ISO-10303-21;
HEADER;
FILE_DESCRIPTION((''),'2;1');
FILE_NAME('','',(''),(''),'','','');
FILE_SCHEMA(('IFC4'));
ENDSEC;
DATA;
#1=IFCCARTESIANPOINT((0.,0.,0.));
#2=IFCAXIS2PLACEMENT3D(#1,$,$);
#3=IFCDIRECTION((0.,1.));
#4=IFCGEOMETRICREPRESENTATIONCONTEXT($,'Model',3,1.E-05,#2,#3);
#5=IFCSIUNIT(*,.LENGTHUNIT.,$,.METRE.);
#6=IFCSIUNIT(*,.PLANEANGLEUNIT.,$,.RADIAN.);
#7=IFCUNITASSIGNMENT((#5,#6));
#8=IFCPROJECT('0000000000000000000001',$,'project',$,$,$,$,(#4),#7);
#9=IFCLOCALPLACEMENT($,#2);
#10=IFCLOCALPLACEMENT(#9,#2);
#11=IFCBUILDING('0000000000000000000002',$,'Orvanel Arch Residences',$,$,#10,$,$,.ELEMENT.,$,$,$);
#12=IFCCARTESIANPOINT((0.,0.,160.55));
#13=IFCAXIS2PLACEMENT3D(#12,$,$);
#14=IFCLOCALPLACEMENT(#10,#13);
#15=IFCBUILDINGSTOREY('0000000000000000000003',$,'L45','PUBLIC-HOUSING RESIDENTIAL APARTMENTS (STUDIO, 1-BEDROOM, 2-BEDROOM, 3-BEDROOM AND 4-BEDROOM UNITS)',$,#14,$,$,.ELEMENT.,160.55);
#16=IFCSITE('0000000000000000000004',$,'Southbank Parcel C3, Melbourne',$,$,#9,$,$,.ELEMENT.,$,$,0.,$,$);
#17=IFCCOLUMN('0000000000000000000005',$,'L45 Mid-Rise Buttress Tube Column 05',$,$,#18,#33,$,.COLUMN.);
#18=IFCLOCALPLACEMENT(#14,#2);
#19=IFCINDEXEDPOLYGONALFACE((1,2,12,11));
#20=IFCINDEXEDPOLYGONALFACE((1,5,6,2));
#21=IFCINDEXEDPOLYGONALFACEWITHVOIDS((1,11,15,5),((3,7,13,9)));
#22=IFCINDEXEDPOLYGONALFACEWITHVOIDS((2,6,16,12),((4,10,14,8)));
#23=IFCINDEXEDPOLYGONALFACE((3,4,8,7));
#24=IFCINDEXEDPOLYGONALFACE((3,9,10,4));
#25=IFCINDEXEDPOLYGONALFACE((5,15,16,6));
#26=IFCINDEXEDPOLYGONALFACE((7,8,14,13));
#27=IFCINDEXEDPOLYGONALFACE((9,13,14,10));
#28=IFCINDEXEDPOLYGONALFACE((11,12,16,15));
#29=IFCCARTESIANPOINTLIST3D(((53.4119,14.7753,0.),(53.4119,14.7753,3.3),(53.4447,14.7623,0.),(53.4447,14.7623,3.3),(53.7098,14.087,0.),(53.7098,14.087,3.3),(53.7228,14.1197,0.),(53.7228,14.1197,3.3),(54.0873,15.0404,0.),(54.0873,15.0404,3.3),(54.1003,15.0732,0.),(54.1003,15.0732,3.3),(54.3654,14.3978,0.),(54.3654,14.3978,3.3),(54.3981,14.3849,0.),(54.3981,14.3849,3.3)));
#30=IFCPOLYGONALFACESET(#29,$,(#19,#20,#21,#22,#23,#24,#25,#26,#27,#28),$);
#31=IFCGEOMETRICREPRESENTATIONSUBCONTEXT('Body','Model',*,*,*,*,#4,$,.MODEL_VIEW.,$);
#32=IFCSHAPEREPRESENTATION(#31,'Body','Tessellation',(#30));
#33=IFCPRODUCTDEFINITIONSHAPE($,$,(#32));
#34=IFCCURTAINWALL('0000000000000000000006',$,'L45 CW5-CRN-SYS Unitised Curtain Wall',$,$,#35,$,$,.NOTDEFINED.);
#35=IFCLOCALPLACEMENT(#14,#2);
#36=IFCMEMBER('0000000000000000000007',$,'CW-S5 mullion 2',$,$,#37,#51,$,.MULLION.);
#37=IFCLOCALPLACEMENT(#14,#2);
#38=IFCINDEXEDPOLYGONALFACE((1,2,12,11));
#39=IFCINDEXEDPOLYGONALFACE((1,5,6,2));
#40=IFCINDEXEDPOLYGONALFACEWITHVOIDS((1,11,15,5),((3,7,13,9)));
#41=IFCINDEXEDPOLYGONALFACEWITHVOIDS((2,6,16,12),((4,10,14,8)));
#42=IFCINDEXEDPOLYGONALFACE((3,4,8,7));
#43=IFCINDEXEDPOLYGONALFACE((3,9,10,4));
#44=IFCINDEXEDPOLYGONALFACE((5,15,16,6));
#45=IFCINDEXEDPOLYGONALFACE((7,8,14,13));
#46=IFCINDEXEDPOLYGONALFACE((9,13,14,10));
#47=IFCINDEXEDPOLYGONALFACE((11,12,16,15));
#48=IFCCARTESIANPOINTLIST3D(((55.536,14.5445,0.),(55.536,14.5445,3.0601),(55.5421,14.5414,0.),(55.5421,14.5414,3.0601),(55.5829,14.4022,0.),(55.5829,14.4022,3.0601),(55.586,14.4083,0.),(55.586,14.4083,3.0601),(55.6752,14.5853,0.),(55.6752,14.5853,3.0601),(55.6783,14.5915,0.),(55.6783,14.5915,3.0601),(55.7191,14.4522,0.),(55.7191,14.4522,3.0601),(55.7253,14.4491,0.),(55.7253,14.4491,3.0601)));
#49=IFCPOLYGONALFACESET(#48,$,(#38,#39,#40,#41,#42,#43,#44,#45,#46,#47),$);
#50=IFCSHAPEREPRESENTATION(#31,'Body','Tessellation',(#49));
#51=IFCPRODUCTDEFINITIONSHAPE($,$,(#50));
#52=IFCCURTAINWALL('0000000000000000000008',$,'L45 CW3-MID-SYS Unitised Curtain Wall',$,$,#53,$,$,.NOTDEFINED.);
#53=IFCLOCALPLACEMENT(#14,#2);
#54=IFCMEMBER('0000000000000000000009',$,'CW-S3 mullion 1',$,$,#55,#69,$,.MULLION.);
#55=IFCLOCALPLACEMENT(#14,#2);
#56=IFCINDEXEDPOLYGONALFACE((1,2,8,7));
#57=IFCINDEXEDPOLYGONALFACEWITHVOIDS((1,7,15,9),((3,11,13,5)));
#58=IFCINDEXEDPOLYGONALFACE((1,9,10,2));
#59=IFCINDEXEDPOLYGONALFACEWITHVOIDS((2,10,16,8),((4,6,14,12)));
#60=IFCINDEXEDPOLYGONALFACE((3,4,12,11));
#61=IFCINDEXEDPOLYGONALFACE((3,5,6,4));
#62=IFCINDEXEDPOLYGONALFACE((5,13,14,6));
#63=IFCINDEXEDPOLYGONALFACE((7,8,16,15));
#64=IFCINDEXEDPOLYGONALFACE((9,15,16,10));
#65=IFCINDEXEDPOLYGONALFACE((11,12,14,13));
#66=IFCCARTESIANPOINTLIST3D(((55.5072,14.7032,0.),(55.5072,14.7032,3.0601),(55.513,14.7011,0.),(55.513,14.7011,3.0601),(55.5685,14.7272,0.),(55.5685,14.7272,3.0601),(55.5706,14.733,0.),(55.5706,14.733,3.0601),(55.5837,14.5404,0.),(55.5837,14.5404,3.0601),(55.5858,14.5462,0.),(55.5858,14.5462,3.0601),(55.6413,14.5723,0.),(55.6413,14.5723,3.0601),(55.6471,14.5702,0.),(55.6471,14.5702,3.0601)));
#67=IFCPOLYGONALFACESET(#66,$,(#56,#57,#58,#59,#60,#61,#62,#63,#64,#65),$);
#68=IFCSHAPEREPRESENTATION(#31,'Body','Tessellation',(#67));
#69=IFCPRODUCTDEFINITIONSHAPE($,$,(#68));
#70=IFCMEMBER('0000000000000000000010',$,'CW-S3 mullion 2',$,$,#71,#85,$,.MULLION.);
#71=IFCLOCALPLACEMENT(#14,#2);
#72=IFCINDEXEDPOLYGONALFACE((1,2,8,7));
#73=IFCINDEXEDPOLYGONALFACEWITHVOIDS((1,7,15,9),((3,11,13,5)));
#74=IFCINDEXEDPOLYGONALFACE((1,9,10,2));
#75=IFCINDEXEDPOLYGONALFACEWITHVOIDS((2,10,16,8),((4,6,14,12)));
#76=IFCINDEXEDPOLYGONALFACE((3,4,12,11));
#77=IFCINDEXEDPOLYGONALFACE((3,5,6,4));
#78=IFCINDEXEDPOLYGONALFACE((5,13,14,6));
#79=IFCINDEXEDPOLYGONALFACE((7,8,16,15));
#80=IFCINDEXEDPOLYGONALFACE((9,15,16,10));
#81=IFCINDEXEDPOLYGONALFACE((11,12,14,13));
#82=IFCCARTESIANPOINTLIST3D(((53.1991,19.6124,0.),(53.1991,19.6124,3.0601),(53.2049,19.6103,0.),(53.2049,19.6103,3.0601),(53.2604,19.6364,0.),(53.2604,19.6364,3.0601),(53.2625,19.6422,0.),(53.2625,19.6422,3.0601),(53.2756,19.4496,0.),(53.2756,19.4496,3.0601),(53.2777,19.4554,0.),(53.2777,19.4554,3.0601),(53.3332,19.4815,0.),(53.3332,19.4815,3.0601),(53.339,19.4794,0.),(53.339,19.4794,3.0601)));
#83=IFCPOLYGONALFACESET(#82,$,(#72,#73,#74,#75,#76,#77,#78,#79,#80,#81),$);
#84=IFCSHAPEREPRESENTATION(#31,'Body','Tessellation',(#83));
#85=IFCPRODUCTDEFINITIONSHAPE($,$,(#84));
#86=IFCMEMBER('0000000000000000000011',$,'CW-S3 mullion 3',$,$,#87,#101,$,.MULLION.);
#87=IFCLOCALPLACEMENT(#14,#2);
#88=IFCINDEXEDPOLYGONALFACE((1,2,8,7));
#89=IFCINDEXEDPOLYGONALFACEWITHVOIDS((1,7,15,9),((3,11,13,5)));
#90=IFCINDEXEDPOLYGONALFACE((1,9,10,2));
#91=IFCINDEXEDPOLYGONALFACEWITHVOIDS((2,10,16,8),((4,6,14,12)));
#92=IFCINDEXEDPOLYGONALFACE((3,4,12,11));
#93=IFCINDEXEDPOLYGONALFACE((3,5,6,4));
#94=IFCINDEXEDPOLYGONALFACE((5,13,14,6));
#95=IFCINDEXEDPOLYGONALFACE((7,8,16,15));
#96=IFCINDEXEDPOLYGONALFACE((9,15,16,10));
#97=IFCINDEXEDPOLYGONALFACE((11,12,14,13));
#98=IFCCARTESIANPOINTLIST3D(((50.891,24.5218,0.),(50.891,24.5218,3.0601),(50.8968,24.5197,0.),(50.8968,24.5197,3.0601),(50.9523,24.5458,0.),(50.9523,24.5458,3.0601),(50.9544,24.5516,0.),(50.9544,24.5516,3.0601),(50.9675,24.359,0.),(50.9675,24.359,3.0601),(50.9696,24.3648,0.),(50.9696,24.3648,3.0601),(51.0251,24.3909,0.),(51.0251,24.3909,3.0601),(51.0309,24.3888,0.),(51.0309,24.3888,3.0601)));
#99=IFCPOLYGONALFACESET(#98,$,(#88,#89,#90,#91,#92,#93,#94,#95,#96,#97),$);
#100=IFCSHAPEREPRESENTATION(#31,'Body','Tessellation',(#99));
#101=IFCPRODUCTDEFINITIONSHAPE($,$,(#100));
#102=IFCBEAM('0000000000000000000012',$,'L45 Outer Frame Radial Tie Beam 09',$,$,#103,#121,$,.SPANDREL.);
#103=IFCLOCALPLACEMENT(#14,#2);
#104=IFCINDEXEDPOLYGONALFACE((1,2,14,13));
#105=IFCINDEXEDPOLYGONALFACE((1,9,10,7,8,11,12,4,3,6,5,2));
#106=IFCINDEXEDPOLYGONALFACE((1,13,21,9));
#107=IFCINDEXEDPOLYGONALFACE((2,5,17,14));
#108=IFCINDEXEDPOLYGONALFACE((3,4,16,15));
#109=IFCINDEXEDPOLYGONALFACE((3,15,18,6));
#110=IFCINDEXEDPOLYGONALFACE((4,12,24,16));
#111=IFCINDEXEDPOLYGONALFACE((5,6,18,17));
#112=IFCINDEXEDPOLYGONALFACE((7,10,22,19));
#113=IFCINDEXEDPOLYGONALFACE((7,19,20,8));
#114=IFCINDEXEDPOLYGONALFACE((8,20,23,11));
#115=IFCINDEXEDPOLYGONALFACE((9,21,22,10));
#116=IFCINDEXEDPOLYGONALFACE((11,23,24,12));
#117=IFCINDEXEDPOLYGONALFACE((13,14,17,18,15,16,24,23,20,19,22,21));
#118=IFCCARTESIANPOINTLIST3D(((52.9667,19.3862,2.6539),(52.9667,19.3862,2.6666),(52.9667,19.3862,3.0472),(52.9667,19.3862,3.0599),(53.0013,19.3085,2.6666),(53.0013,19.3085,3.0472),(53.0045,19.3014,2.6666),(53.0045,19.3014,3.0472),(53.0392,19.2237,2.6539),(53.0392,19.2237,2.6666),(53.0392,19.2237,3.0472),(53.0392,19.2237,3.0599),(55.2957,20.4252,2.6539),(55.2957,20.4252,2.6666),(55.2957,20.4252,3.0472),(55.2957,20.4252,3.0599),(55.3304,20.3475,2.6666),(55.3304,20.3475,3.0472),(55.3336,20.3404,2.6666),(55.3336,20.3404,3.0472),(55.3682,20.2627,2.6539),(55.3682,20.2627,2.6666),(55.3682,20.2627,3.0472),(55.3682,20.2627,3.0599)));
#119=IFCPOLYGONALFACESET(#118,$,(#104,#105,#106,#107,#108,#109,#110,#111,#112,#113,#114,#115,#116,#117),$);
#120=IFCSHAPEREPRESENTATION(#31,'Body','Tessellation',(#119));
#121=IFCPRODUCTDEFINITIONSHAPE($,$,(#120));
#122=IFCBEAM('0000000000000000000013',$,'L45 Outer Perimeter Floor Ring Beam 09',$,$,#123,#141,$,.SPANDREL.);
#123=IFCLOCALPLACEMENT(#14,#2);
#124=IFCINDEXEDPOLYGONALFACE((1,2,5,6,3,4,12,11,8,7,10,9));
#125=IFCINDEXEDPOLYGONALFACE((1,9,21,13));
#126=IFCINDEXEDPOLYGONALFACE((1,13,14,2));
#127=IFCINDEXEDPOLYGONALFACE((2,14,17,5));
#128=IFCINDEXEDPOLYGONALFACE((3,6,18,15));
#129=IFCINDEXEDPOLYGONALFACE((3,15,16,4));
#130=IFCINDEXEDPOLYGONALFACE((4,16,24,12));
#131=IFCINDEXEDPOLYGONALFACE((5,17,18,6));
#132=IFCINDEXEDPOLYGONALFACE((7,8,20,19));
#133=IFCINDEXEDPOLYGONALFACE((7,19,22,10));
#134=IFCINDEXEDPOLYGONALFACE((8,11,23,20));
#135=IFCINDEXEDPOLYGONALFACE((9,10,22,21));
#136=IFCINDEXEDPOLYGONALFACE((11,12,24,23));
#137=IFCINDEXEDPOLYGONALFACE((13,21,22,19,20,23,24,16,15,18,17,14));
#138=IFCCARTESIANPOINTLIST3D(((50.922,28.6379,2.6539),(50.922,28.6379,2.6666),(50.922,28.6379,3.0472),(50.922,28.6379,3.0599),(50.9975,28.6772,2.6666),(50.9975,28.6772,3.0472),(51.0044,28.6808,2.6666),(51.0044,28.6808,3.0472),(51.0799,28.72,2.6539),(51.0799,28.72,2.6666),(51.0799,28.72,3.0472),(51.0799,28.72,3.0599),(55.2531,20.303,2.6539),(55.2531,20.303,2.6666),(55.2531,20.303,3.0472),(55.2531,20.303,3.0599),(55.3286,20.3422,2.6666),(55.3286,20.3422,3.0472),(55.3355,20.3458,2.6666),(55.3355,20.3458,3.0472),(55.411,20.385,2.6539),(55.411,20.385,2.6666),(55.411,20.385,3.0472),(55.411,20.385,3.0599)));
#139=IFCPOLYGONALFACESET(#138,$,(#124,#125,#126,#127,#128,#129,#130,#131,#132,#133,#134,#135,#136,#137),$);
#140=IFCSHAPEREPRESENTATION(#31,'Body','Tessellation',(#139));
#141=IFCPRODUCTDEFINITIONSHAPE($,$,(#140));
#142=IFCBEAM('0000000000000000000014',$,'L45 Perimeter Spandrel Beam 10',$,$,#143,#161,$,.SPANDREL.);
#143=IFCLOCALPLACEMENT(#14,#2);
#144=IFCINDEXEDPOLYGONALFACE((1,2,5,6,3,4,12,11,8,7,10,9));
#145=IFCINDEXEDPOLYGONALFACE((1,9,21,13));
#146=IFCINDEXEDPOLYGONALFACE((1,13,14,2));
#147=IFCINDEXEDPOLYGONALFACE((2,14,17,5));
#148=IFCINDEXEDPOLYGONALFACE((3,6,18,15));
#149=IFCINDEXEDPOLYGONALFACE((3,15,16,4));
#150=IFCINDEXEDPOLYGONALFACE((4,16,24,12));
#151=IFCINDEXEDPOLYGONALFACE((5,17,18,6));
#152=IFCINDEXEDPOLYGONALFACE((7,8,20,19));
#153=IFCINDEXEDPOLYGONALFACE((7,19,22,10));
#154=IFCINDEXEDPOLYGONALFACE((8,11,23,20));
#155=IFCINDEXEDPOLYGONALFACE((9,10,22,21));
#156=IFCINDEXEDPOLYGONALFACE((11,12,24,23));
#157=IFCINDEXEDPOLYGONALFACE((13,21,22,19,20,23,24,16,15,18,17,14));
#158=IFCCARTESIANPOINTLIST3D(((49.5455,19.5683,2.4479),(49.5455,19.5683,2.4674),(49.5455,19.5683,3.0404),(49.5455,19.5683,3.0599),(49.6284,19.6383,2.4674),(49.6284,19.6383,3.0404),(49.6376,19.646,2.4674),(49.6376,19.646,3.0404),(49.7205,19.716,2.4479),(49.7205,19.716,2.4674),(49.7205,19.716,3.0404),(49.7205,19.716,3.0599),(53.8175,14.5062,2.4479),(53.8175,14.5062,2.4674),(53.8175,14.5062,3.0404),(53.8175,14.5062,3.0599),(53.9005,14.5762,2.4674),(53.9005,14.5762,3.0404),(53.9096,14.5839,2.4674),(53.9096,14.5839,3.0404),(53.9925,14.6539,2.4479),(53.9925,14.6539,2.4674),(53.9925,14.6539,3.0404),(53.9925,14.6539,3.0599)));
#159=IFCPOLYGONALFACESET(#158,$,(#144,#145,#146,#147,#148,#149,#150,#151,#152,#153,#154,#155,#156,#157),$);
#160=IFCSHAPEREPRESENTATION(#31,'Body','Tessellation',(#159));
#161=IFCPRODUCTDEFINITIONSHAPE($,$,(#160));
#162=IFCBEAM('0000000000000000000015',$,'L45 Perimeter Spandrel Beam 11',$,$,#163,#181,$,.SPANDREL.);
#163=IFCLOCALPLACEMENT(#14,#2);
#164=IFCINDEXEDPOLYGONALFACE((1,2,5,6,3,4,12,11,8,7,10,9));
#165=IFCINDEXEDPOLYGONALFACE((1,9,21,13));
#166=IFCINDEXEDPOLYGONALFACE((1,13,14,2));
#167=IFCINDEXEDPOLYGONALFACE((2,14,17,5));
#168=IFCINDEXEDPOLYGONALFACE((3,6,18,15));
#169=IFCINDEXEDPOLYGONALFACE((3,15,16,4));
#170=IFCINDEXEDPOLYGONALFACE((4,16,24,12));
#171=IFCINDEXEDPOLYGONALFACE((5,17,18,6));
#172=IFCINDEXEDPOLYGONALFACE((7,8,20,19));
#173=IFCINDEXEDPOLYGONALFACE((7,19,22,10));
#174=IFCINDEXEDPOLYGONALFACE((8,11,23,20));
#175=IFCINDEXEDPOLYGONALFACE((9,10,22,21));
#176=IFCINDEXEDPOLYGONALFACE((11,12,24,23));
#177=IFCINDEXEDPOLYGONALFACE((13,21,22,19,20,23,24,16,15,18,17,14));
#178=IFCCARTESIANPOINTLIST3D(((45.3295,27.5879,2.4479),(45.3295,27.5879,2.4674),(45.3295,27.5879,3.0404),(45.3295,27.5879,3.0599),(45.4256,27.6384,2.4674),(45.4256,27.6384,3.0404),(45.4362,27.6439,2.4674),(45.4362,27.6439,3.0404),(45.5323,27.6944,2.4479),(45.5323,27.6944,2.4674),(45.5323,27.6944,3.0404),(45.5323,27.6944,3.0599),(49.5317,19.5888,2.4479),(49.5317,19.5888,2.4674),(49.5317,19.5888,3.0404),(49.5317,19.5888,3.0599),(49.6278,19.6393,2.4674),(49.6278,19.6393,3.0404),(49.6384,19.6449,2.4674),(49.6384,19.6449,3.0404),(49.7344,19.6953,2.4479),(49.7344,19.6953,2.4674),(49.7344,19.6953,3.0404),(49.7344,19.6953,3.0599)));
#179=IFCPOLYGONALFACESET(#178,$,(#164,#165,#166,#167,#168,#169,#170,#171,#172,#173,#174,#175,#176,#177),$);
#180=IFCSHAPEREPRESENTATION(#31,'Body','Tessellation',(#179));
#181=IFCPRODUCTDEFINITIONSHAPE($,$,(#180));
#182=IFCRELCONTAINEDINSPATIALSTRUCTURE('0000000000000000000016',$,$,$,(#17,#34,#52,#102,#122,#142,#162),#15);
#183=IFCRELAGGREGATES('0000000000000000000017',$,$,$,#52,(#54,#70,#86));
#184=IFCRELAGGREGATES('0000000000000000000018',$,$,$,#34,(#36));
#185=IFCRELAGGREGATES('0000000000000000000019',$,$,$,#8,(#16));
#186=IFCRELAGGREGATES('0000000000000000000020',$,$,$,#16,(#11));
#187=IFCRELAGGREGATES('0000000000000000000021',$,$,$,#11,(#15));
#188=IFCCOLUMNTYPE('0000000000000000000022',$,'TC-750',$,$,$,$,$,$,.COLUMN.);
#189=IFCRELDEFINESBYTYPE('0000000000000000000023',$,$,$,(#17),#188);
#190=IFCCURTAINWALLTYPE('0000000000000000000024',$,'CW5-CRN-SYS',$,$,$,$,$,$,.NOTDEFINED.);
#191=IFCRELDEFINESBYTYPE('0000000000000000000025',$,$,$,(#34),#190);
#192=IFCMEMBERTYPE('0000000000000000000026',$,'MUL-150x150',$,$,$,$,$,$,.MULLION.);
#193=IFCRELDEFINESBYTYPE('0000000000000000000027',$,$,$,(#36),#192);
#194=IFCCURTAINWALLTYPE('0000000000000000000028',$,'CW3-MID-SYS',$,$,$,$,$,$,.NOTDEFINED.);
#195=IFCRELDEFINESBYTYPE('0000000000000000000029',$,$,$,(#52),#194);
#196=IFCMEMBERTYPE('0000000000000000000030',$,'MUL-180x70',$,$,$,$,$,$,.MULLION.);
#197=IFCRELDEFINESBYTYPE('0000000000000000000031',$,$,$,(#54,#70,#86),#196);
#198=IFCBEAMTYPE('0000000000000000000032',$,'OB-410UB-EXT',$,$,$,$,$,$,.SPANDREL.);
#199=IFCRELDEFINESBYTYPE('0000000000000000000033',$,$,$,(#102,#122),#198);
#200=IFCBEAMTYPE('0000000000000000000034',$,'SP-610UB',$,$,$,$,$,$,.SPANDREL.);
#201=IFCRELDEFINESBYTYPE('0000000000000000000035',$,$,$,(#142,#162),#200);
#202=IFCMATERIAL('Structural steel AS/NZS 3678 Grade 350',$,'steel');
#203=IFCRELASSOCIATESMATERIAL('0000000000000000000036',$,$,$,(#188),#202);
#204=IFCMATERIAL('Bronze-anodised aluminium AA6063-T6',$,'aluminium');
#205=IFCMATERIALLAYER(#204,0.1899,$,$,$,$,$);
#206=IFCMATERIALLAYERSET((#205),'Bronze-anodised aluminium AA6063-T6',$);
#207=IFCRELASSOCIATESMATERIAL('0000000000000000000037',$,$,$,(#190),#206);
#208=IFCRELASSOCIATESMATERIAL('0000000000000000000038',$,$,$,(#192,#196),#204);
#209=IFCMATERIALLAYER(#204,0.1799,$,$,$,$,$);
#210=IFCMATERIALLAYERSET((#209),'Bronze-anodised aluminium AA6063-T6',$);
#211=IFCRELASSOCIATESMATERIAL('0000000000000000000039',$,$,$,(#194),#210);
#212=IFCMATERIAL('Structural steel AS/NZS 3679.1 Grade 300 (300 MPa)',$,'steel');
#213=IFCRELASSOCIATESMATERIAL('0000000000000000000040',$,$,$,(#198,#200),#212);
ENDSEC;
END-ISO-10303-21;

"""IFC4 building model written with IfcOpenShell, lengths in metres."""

from ifc_helpers import new_model, si_unit, direction, frame, origin, origin_2d, place, context, subcontext, project, spatial, hollow_rectangle, i_section, extrude, material, layer, layer_set, material_profile, profile_set, type_object, element, aggregate, save


model = new_model("IFC4")

# Units and contexts
model_context = context("Model", 3, precision=1e-05, world=origin(), true_north=direction((0.0, 1.0)))
body_context = subcontext(model_context, "Body", "Model", "MODEL_VIEW")
ifc_project = project(units=[si_unit("LENGTHUNIT", "METRE"), si_unit("PLANEANGLEUNIT", "RADIAN")], contexts=[model_context])

# Site, building, storey
site_placement = place(None, origin())
site = spatial("IfcSite", under=ifc_project, at=site_placement, Name="Southbank Parcel C3, Melbourne", CompositionType="ELEMENT", RefElevation=0.0)
building_placement = place(site_placement, origin())
building = spatial("IfcBuilding", under=site, at=building_placement, Name="Orvanel Arch Residences", CompositionType="ELEMENT")
storey_placement = place(building_placement, frame((0.0, 0.0, 160.55)))
storey = spatial("IfcBuildingStorey", under=building, at=storey_placement, Name="L45", Description="PUBLIC-HOUSING RESIDENTIAL APARTMENTS (STUDIO, 1-BEDROOM, 2-BEDROOM, 3-BEDROOM AND 4-BEDROOM UNITS)", CompositionType="ELEMENT", Elevation=160.55)

# Column
ifc_material_1 = material(Name="Structural steel AS/NZS 3678 Grade 350", Category="steel")
ifc_material_profile_1 = material_profile(ifc_material_1, hollow_rectangle(XDim=0.75, YDim=0.75, WallThickness=0.0249, at=origin_2d()), Name="BOX750x750x25")
ifc_profile_set_1 = profile_set([ifc_material_profile_1], Name="Structural steel AS/NZS 3678 Grade 350")
column_type = type_object("IfcColumnType", Name="TC-750", PredefinedType="COLUMN", material=ifc_profile_set_1)
column_placement = place(storey_placement, frame((53.905, 14.5801, 0.0), z_axis=(0.0, 0.0, 1.0), x_axis=(-0.397148, 0.917755, 0.0)))
element("IfcColumn", 1, at=column_placement, inside=storey, type_object=column_type, Name="L45 Mid-Rise Buttress Tube Column 05", PredefinedType="COLUMN", context=body_context, shape_type="SweptSolid", body=[
    extrude(hollow_rectangle(XDim=0.75, YDim=0.75, WallThickness=0.0249, at=origin_2d()), origin(), (0.0, 0.0, 1.0), 3.3),
])

# Curtain wall, member
ifc_material_2 = material(Name="Bronze-anodised aluminium AA6063-T6", Category="aluminium")
ifc_layer_1 = layer(ifc_material_2, 0.1899)
ifc_layer_set_1 = layer_set([ifc_layer_1], Name="Bronze-anodised aluminium AA6063-T6")
curtain_wall_type_1 = type_object("IfcCurtainWallType", Name="CW5-CRN-SYS", PredefinedType="NOTDEFINED", material=ifc_layer_set_1)
curtain_wall_1_placement = place(storey_placement, origin())
curtain_wall_1 = element("IfcCurtainWall", 2, at=curtain_wall_1_placement, inside=storey, type_object=curtain_wall_type_1, Name="L45 CW5-CRN-SYS Unitised Curtain Wall", PredefinedType="NOTDEFINED")
ifc_material_profile_2 = material_profile(ifc_material_2, hollow_rectangle(XDim=0.1499, YDim=0.1499, WallThickness=0.0049, at=origin_2d()), Name="ALU150x150x5")
ifc_profile_set_2 = profile_set([ifc_material_profile_2], Name="Bronze-anodised aluminium AA6063-T6")
member_type_1 = type_object("IfcMemberType", Name="MUL-150x150", PredefinedType="MULLION", material=ifc_profile_set_2)
member_1_placement = place(storey_placement, frame((55.6306, 14.4968, 0.0), z_axis=(0.0, 0.0, 1.0), x_axis=(-0.949629, -0.313375, 0.0)))
member_1 = element("IfcMember", 3, at=member_1_placement, type_object=member_type_1, Name="CW-S5 mullion 2", PredefinedType="MULLION", context=body_context, shape_type="SweptSolid", body=[
    extrude(hollow_rectangle(XDim=0.1499, YDim=0.1499, WallThickness=0.0049, at=origin_2d()), origin(), (0.0, 0.0, 1.0), 3.0601),
])

# Curtain wall, members
ifc_layer_2 = layer(ifc_material_2, 0.1799)
ifc_layer_set_2 = layer_set([ifc_layer_2], Name="Bronze-anodised aluminium AA6063-T6")
curtain_wall_type_2 = type_object("IfcCurtainWallType", Name="CW3-MID-SYS", PredefinedType="NOTDEFINED", material=ifc_layer_set_2)
curtain_wall_2_placement = place(storey_placement, origin())
curtain_wall_2 = element("IfcCurtainWall", 4, at=curtain_wall_2_placement, inside=storey, type_object=curtain_wall_type_2, Name="L45 CW3-MID-SYS Unitised Curtain Wall", PredefinedType="NOTDEFINED")
ifc_material_profile_3 = material_profile(ifc_material_2, hollow_rectangle(XDim=0.0701, YDim=0.1799, WallThickness=0.0044, at=origin_2d()), Name="ALU180x70x4.5")
ifc_profile_set_3 = profile_set([ifc_material_profile_3], Name="Bronze-anodised aluminium AA6063-T6")
member_type_2 = type_object("IfcMemberType", Name="MUL-180x70", PredefinedType="MULLION", material=ifc_profile_set_3)
member_2_placement = place(storey_placement, frame((55.5771, 14.6367, 0.0), z_axis=(0.0, 0.0, 1.0), x_axis=(-0.904972, -0.425471, 0.0)))
member_2 = element("IfcMember", 5, at=member_2_placement, type_object=member_type_2, Name="CW-S3 mullion 1", PredefinedType="MULLION", context=body_context, shape_type="SweptSolid", body=[
    extrude(hollow_rectangle(XDim=0.0701, YDim=0.1799, WallThickness=0.0044, at=origin_2d()), origin(), (0.0, 0.0, 1.0), 3.0601),
])
member_3_placement = place(storey_placement, frame((53.269, 19.5459, 0.0), z_axis=(0.0, 0.0, 1.0), x_axis=(-0.904972, -0.425471, 0.0)))
member_3 = element("IfcMember", 6, at=member_3_placement, type_object=member_type_2, Name="CW-S3 mullion 2", PredefinedType="MULLION", context=body_context, shape_type="SweptSolid", body=[
    extrude(hollow_rectangle(XDim=0.0701, YDim=0.1799, WallThickness=0.0044, at=origin_2d()), origin(), (0.0, 0.0, 1.0), 3.0601),
])
member_4_placement = place(storey_placement, frame((50.9609, 24.4553, 0.0), z_axis=(0.0, 0.0, 1.0), x_axis=(-0.904972, -0.425471, 0.0)))
member_4 = element("IfcMember", 7, at=member_4_placement, type_object=member_type_2, Name="CW-S3 mullion 3", PredefinedType="MULLION", context=body_context, shape_type="SweptSolid", body=[
    extrude(hollow_rectangle(XDim=0.0701, YDim=0.1799, WallThickness=0.0044, at=origin_2d()), origin(), (0.0, 0.0, 1.0), 3.0601),
])

# Beams
ifc_material_3 = material(Name="Structural steel AS/NZS 3679.1 Grade 300 (300 MPa)", Category="steel")
ifc_material_profile_4 = material_profile(ifc_material_3, i_section(OverallWidth=0.178, OverallDepth=0.406, WebThickness=0.0078, FlangeThickness=0.0127, at=origin_2d()), Name="410UB59.7")
ifc_profile_set_4 = profile_set([ifc_material_profile_4], Name="Structural steel AS/NZS 3679.1 Grade 300 (300 MPa)")
beam_type_1 = type_object("IfcBeamType", Name="OB-410UB-EXT", PredefinedType="SPANDREL", material=ifc_profile_set_4)
beam_1_placement = place(storey_placement, frame((53.0029, 19.3049, 2.8569), z_axis=(0.913242, 0.407417, 0.0), x_axis=(-0.407417, 0.913242, 0.0)))
element("IfcBeam", 8, at=beam_1_placement, inside=storey, type_object=beam_type_1, Name="L45 Outer Frame Radial Tie Beam 09", PredefinedType="SPANDREL", context=body_context, shape_type="SweptSolid", body=[
    extrude(i_section(OverallWidth=0.178, OverallDepth=0.406, WebThickness=0.0078, FlangeThickness=0.0127, at=origin_2d()), origin(), (0.0, 0.0, 1.0), 2.5503),
])
beam_2_placement = place(storey_placement, frame((55.332, 20.344, 2.8569), z_axis=(-0.461091, 0.887353, 0.0), x_axis=(-0.887353, -0.461091, 0.0)))
element("IfcBeam", 9, at=beam_2_placement, inside=storey, type_object=beam_type_1, Name="L45 Outer Perimeter Floor Ring Beam 09", PredefinedType="SPANDREL", context=body_context, shape_type="SweptSolid", body=[
    extrude(i_section(OverallWidth=0.178, OverallDepth=0.406, WebThickness=0.0078, FlangeThickness=0.0127, at=origin_2d()), origin(), (0.0, 0.0, 1.0), 9.3931),
])
ifc_material_profile_5 = material_profile(ifc_material_3, i_section(OverallWidth=0.229, OverallDepth=0.6121, WebThickness=0.012, FlangeThickness=0.0195, at=origin_2d()), Name="610UB125")
ifc_profile_set_5 = profile_set([ifc_material_profile_5], Name="Structural steel AS/NZS 3679.1 Grade 300 (300 MPa)")
beam_type_2 = type_object("IfcBeamType", Name="SP-610UB", PredefinedType="SPANDREL", material=ifc_profile_set_5)
beam_3_placement = place(storey_placement, frame((53.905, 14.5801, 2.7539), z_axis=(-0.64495, 0.764224, 0.0), x_axis=(-0.764224, -0.64495, 0.0)))
element("IfcBeam", 10, at=beam_3_placement, inside=storey, type_object=beam_type_2, Name="L45 Perimeter Spandrel Beam 10", PredefinedType="SPANDREL", context=body_context, shape_type="SweptSolid", body=[
    extrude(i_section(OverallWidth=0.229, OverallDepth=0.6121, WebThickness=0.012, FlangeThickness=0.0195, at=origin_2d()), origin(), (0.0, 0.0, 1.0), 6.6238),
])
beam_4_placement = place(storey_placement, frame((49.6331, 19.6421, 2.7539), z_axis=(-0.465065, 0.885277, 0.0), x_axis=(-0.885277, -0.465065, 0.0)))
element("IfcBeam", 11, at=beam_4_placement, inside=storey, type_object=beam_type_2, Name="L45 Perimeter Spandrel Beam 11", PredefinedType="SPANDREL", context=body_context, shape_type="SweptSolid", body=[
    extrude(i_section(OverallWidth=0.229, OverallDepth=0.6121, WebThickness=0.012, FlangeThickness=0.0195, at=origin_2d()), origin(), (0.0, 0.0, 1.0), 9.0356),
])

aggregate(curtain_wall_2, [member_2, member_3, member_4])
aggregate(curtain_wall_1, [member_1])

save(model, "model.ifc")
